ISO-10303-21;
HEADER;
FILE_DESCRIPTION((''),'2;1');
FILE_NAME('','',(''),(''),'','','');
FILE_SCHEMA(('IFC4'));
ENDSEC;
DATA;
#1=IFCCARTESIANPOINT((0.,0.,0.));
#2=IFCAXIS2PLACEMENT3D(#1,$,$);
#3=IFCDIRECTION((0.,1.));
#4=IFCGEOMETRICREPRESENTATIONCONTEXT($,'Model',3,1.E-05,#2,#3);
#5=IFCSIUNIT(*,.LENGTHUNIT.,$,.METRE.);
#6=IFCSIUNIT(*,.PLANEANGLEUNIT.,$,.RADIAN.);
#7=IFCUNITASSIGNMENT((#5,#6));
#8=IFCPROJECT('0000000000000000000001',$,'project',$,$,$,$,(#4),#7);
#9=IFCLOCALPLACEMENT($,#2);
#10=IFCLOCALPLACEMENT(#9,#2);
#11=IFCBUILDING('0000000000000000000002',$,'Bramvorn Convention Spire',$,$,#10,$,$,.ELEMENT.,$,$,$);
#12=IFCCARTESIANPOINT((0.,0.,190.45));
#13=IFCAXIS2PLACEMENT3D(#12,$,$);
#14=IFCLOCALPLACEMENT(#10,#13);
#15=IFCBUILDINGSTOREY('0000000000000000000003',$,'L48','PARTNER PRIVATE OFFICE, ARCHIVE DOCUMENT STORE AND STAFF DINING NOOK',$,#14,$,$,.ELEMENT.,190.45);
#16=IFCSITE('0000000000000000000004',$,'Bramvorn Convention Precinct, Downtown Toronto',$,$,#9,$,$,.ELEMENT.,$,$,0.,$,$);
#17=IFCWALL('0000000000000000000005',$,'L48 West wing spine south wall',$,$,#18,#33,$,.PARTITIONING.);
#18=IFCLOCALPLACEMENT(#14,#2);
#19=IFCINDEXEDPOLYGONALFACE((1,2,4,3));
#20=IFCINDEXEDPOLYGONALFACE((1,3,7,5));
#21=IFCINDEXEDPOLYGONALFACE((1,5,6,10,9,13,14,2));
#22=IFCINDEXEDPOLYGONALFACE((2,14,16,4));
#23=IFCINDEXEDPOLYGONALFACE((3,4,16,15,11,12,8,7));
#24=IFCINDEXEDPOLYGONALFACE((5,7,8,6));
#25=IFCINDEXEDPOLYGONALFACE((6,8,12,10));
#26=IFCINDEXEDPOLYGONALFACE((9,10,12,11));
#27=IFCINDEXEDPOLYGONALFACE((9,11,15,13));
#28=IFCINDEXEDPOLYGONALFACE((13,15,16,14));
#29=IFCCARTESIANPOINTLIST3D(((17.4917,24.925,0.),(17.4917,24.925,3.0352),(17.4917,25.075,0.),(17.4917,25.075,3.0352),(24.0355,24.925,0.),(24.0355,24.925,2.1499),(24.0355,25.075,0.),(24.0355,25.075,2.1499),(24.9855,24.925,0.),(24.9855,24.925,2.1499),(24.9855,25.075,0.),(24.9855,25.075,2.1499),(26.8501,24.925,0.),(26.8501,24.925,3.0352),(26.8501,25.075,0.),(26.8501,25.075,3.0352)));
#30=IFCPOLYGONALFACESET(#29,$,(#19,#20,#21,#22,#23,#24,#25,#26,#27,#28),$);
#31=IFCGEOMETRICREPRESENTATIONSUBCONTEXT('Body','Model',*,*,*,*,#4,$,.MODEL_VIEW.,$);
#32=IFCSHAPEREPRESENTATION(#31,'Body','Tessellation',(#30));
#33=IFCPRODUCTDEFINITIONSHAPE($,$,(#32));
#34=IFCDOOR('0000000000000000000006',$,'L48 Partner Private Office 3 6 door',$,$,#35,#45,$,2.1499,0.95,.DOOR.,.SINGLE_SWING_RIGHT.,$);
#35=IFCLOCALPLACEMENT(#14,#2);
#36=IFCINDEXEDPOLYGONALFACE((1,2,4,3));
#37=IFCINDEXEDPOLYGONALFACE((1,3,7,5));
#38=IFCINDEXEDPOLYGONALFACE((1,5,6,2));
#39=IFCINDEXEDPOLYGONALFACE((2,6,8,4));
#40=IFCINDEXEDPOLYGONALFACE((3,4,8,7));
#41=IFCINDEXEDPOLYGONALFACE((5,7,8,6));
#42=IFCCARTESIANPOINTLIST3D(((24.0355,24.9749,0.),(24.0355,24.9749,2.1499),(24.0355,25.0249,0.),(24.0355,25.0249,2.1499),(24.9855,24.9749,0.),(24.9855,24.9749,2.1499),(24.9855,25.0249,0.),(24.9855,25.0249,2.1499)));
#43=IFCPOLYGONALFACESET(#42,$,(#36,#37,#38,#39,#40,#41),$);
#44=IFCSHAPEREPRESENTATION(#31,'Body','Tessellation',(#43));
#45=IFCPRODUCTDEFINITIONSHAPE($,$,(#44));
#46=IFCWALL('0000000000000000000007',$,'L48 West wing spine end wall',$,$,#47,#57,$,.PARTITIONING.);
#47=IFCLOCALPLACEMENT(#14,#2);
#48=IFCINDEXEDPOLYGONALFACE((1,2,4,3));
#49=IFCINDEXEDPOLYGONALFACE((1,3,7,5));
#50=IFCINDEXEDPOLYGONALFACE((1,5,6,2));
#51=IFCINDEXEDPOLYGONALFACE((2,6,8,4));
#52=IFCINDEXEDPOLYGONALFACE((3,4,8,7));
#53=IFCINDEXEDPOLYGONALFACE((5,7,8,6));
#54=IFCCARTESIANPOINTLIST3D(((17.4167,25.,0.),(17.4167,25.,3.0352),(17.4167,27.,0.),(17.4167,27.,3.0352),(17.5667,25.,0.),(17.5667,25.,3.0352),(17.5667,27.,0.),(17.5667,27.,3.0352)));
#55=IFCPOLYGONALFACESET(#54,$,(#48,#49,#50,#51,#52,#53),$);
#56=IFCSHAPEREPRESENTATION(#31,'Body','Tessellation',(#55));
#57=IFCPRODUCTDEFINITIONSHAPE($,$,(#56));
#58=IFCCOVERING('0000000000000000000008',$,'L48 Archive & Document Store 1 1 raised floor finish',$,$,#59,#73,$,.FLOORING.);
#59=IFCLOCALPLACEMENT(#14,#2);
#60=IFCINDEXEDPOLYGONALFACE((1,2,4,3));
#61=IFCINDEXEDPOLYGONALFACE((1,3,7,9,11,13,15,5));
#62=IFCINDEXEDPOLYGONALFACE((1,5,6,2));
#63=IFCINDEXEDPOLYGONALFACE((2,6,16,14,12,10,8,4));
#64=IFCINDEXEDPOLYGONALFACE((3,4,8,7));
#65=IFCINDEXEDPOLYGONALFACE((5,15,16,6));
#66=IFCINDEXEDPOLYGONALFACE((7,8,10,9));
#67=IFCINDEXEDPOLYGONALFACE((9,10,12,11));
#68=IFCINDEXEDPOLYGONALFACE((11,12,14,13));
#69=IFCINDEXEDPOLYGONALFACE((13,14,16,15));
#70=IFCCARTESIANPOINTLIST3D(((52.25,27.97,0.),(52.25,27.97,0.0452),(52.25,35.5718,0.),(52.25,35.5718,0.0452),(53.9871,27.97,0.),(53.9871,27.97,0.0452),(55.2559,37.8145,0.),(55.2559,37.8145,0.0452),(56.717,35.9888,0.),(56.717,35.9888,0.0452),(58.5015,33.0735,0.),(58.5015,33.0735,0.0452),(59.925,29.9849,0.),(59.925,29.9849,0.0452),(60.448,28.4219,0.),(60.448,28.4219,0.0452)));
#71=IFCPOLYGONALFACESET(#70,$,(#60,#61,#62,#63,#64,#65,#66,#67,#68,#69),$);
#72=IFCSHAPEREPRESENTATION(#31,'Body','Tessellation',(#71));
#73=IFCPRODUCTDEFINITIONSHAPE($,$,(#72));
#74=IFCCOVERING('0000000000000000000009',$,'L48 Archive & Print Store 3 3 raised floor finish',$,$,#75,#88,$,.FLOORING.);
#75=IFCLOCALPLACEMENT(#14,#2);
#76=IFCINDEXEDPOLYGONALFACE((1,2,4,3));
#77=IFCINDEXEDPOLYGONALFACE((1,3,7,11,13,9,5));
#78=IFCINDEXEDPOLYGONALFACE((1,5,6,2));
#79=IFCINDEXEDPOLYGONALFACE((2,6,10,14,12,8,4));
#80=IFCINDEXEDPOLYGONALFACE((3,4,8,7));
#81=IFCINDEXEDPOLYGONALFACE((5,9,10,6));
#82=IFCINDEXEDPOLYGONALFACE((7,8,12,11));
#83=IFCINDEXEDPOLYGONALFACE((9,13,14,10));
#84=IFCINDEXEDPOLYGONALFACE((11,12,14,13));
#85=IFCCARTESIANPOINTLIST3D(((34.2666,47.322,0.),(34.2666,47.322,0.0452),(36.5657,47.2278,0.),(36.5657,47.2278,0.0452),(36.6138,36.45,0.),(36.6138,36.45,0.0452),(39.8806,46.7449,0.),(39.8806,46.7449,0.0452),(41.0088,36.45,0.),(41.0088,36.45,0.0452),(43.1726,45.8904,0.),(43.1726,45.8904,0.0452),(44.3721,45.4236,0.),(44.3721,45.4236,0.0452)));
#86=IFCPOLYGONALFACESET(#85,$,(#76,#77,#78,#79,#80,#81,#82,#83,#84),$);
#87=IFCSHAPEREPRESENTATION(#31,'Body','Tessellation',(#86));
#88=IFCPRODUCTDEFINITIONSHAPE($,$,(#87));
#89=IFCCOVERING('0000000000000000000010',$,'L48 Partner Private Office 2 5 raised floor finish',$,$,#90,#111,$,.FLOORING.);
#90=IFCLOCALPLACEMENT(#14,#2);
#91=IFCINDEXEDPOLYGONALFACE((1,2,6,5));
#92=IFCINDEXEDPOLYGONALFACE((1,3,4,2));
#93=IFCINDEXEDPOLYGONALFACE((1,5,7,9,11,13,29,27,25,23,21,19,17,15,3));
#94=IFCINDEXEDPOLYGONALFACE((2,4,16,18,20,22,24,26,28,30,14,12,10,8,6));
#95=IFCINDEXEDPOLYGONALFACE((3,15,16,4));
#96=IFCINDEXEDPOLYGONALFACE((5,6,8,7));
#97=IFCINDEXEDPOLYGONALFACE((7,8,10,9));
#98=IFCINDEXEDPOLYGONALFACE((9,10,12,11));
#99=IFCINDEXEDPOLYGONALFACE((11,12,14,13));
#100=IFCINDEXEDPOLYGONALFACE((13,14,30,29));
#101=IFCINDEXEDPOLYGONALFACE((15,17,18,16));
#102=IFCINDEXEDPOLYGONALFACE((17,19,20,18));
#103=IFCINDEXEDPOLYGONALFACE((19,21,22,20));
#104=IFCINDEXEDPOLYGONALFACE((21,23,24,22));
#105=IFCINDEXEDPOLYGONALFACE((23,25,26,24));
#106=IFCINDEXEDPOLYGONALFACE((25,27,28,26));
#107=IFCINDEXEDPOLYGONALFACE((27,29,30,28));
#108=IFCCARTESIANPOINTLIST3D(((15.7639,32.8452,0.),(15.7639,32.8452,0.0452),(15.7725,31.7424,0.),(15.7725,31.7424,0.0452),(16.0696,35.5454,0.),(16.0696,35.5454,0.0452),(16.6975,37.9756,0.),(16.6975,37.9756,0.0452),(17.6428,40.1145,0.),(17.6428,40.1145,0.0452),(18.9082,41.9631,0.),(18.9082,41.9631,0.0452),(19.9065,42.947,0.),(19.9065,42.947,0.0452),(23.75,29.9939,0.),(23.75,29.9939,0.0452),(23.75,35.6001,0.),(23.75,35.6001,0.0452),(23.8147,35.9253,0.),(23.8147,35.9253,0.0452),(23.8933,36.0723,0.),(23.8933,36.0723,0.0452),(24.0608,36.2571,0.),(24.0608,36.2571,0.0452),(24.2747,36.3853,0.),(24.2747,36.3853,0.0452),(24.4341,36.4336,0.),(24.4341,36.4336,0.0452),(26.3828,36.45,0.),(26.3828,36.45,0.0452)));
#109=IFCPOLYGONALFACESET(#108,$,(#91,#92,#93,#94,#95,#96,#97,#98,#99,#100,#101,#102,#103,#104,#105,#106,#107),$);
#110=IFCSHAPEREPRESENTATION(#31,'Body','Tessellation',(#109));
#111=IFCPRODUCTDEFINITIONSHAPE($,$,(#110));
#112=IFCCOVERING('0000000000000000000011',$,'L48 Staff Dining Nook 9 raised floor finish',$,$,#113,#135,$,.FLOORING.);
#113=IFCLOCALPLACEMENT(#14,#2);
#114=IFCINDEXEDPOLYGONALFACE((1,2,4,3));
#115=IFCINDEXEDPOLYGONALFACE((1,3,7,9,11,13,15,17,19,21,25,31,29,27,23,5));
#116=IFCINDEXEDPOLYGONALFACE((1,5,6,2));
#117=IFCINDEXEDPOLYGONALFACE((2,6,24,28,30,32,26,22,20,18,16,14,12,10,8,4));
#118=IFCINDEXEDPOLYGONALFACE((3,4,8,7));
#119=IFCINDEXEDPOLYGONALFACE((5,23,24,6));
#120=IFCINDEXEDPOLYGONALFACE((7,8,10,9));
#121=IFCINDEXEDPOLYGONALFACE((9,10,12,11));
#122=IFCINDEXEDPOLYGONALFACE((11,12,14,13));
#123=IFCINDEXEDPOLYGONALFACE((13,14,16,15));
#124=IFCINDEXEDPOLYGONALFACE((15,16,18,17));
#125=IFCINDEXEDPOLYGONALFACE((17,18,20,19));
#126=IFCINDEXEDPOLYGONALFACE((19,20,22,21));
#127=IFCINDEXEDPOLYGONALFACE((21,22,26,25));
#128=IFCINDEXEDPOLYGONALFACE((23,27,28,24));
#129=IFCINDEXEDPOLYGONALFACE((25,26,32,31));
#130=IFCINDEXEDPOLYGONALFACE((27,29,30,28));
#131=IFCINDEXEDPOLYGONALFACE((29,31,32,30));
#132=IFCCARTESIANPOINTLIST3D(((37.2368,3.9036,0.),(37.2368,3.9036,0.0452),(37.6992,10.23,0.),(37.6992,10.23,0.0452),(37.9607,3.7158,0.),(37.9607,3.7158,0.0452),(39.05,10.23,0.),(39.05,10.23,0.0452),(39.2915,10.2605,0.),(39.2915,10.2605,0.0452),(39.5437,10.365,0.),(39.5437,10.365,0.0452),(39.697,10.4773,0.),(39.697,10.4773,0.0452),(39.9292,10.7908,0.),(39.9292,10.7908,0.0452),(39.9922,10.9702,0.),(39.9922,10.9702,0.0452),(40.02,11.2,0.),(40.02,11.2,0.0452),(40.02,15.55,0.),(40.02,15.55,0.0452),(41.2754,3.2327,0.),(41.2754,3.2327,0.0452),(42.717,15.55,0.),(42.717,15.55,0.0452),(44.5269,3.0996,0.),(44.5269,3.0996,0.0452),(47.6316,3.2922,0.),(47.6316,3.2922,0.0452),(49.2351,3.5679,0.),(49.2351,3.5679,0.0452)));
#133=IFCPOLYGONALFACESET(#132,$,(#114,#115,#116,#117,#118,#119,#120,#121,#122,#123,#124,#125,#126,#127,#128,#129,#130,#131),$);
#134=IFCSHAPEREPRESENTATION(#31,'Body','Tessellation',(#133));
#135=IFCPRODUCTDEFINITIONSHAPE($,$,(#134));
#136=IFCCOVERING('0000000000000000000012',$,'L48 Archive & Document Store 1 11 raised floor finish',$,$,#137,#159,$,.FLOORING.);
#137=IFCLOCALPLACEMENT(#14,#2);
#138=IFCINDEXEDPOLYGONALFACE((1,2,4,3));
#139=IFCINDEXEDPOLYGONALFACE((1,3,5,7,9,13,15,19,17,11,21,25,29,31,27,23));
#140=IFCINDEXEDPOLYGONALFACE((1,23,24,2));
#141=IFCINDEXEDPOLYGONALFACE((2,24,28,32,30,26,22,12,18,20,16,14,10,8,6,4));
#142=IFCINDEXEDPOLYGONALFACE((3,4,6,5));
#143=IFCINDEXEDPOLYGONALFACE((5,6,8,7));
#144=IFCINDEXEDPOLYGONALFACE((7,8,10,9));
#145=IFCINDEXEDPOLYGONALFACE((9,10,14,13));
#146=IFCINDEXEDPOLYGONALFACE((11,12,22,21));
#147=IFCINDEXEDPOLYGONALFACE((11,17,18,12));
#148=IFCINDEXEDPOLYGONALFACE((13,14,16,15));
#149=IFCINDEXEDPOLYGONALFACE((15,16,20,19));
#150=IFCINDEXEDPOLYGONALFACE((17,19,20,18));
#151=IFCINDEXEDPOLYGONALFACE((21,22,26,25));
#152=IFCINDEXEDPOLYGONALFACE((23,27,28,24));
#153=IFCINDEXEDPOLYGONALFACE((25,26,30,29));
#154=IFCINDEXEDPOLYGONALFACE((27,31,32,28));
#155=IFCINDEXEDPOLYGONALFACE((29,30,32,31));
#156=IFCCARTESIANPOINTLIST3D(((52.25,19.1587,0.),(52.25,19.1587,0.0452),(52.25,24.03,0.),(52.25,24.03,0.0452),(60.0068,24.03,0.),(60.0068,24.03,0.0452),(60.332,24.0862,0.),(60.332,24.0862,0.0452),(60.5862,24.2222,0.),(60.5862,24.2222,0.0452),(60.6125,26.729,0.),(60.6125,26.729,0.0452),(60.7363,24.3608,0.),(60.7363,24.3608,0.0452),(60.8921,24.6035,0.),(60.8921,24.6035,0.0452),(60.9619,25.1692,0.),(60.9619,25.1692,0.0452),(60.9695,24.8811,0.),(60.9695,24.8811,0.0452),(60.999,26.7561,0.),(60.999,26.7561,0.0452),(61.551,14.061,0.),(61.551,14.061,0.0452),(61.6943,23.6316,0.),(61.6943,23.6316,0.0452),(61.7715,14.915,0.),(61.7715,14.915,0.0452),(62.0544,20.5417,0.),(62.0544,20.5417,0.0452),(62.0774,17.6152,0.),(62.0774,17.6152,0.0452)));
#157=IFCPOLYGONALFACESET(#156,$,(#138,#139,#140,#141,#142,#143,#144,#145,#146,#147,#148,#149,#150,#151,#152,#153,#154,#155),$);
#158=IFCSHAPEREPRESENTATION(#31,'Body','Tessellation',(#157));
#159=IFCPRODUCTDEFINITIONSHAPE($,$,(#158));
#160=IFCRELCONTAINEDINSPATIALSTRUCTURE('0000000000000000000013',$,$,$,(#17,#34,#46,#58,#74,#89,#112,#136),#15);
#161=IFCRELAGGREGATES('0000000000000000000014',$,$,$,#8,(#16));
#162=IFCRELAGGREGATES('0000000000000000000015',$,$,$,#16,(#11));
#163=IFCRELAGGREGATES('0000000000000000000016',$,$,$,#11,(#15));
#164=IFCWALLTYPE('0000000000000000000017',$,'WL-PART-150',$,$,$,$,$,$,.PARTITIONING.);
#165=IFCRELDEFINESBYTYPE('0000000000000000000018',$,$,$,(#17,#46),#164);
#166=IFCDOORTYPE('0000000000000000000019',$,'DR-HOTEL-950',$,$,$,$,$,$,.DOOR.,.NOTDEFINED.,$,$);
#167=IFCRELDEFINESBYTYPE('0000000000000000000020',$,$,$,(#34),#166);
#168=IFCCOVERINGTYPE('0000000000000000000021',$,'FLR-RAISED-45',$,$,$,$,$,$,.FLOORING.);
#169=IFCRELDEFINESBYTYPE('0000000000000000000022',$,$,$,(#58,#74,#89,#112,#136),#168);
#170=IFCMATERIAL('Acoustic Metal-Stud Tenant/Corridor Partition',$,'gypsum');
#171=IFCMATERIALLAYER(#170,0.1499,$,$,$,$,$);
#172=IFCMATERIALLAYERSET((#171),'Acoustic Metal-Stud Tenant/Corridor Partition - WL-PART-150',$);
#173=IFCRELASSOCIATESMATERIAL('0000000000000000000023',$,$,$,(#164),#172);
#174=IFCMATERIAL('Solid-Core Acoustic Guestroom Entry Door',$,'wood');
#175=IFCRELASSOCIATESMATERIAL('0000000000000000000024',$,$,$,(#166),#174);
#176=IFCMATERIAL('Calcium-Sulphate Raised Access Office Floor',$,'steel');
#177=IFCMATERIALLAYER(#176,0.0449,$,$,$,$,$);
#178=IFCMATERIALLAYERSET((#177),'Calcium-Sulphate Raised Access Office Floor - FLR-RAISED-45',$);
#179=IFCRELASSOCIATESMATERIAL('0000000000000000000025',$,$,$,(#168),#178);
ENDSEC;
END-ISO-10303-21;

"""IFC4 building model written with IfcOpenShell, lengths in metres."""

from ifc_helpers import new_model, si_unit, direction, frame, frame_2d, origin, place, context, subcontext, project, spatial, polyline, rectangle, outline, extrude, material, layer, layer_set, type_object, element, fill, save


model = new_model("IFC4")

# Units and contexts
model_context = context("Model", 3, precision=1e-05, world=origin(), true_north=direction((0.0, 1.0)))
body_context = subcontext(model_context, "Body", "Model", "MODEL_VIEW")
ifc_project = project(units=[si_unit("LENGTHUNIT", "METRE"), si_unit("PLANEANGLEUNIT", "RADIAN")], contexts=[model_context])

# Site, building, storey
site_placement = place(None, origin())
site = spatial("IfcSite", under=ifc_project, at=site_placement, Name="Bramvorn Convention Precinct, Downtown Toronto", CompositionType="ELEMENT", RefElevation=0.0)
building_placement = place(site_placement, origin())
building = spatial("IfcBuilding", under=site, at=building_placement, Name="Bramvorn Convention Spire", CompositionType="ELEMENT")
storey_placement = place(building_placement, frame((0.0, 0.0, 190.45)))
storey = spatial("IfcBuildingStorey", under=building, at=storey_placement, Name="L48", Description="PARTNER PRIVATE OFFICE, ARCHIVE DOCUMENT STORE AND STAFF DINING NOOK", CompositionType="ELEMENT", Elevation=190.45)

# Wall, opening, door
ifc_material_1 = material(Name="Acoustic Metal-Stud Tenant/Corridor Partition", Category="gypsum")
ifc_layer_1 = layer(ifc_material_1, 0.1499)
ifc_layer_set_1 = layer_set([ifc_layer_1], Name="Acoustic Metal-Stud Tenant/Corridor Partition - WL-PART-150")
wall_type_1 = type_object("IfcWallType", Name="WL-PART-150", PredefinedType="PARTITIONING", material=ifc_layer_set_1)
wall_1_placement = place(storey_placement, frame((17.4917, 25.0, 0.0), z_axis=(0.0, 0.0, 1.0), x_axis=(1.0, 0.0, 0.0)))
wall_1 = element("IfcWall", 1, at=wall_1_placement, inside=storey, type_object=wall_type_1, Name="L48 West wing spine south wall", PredefinedType="PARTITIONING", context=body_context, shape_type="SweptSolid", body=[
    extrude(rectangle(XDim=9.3584, YDim=0.1499, at=frame_2d((4.6792, 0.0))), origin(), (0.0, 0.0, 1.0), 3.0352),
])
opening_1_placement = place(wall_1_placement, frame((6.5437, 0.0, 0.0)))
opening_1 = element("IfcOpeningElement", 2, at=opening_1_placement, cuts=wall_1, PredefinedType="OPENING", context=body_context, shape_type="SweptSolid", body=[
    extrude(rectangle(XDim=0.95, YDim=2.1499, at=frame_2d((0.4751, 1.075))), frame((0.0, 0.085, 0.0), z_axis=(0.0, -1.0, 0.0), x_axis=(1.0, 0.0, 0.0)), (0.0, 0.0, 1.0), 0.1699),
])
ifc_material_2 = material(Name="Solid-Core Acoustic Guestroom Entry Door", Category="wood")
door_type = type_object("IfcDoorType", Name="DR-HOTEL-950", OperationType="NOTDEFINED", PredefinedType="DOOR", material=ifc_material_2)
door_placement = place(opening_1_placement, origin())
door = element("IfcDoor", 3, at=door_placement, inside=storey, type_object=door_type, Name="L48 Partner Private Office 3 6 door", OperationType="SINGLE_SWING_RIGHT", OverallHeight=2.1499, OverallWidth=0.95, PredefinedType="DOOR", context=body_context, shape_type="SweptSolid", body=[
    extrude(rectangle(XDim=0.95, YDim=2.1499, at=frame_2d((0.4751, 1.075))), frame((0.0, 0.0249, 0.0), z_axis=(0.0, -1.0, 0.0), x_axis=(1.0, 0.0, 0.0)), (0.0, 0.0, 1.0), 0.05),
])
fill(opening_1, door)

# Wall
wall_2_placement = place(storey_placement, frame((17.4917, 25.0, 0.0), z_axis=(0.0, 0.0, 1.0), x_axis=(0.0, 1.0, 0.0)))
element("IfcWall", 4, at=wall_2_placement, inside=storey, type_object=wall_type_1, Name="L48 West wing spine end wall", PredefinedType="PARTITIONING", context=body_context, shape_type="SweptSolid", body=[
    extrude(rectangle(XDim=2.0, YDim=0.1499, at=frame_2d((1.0, 0.0))), origin(), (0.0, 0.0, 1.0), 3.0352),
])

# Coverings
ifc_material_3 = material(Name="Calcium-Sulphate Raised Access Office Floor", Category="steel")
ifc_layer_2 = layer(ifc_material_3, 0.0449)
ifc_layer_set_2 = layer_set([ifc_layer_2], Name="Calcium-Sulphate Raised Access Office Floor - FLR-RAISED-45")
covering_type = type_object("IfcCoveringType", Name="FLR-RAISED-45", PredefinedType="FLOORING", material=ifc_layer_set_2)
covering_1_placement = place(storey_placement, origin())
element("IfcCovering", 5, at=covering_1_placement, inside=storey, type_object=covering_type, Name="L48 Archive & Document Store 1 1 raised floor finish", PredefinedType="FLOORING", context=body_context, shape_type="SweptSolid", body=[
    extrude(outline(polyline([(52.25, 27.97), (53.9871, 27.97), (60.448, 28.4219), (59.925, 29.9849), (58.5015, 33.0735), (56.717, 35.9888), (55.2559, 37.8145), (52.25, 35.5718), (52.25, 27.97)])), origin(), (0.0, 0.0, 1.0), 0.0452),
])
covering_2_placement = place(storey_placement, origin())
element("IfcCovering", 6, at=covering_2_placement, inside=storey, type_object=covering_type, Name="L48 Archive & Print Store 3 3 raised floor finish", PredefinedType="FLOORING", context=body_context, shape_type="SweptSolid", body=[
    extrude(outline(polyline([(36.6138, 36.45), (41.0088, 36.45), (44.3721, 45.4236), (43.1726, 45.8904), (39.8806, 46.7449), (36.5657, 47.2278), (34.2666, 47.322), (36.6138, 36.45)])), origin(), (0.0, 0.0, 1.0), 0.0452),
])
covering_3_placement = place(storey_placement, origin())
element("IfcCovering", 7, at=covering_3_placement, inside=storey, type_object=covering_type, Name="L48 Partner Private Office 2 5 raised floor finish", PredefinedType="FLOORING", context=body_context, shape_type="SweptSolid", body=[
    extrude(outline(polyline([(15.7639, 32.8452), (15.7725, 31.7424), (23.75, 29.9939), (23.75, 35.6001), (23.8147, 35.9253), (23.8933, 36.0723), (24.0608, 36.2571), (24.2747, 36.3853), (24.4341, 36.4336), (26.3828, 36.45), (19.9065, 42.947), (18.9082, 41.9631), (17.6428, 40.1145), (16.6975, 37.9756), (16.0696, 35.5454), (15.7639, 32.8452)])), origin(), (0.0, 0.0, 1.0), 0.0452),
])
covering_4_placement = place(storey_placement, origin())
element("IfcCovering", 8, at=covering_4_placement, inside=storey, type_object=covering_type, Name="L48 Staff Dining Nook 9 raised floor finish", PredefinedType="FLOORING", context=body_context, shape_type="SweptSolid", body=[
    extrude(outline(polyline([(37.2368, 3.9036), (37.9607, 3.7158), (41.2754, 3.2327), (44.5269, 3.0996), (47.6316, 3.2922), (49.2351, 3.5679), (42.717, 15.55), (40.02, 15.55), (40.02, 11.2), (39.9922, 10.9702), (39.9292, 10.7908), (39.697, 10.4773), (39.5437, 10.365), (39.2915, 10.2605), (39.05, 10.23), (37.6992, 10.23), (37.2368, 3.9036)])), origin(), (0.0, 0.0, 1.0), 0.0452),
])
covering_5_placement = place(storey_placement, origin())
element("IfcCovering", 9, at=covering_5_placement, inside=storey, type_object=covering_type, Name="L48 Archive & Document Store 1 11 raised floor finish", PredefinedType="FLOORING", context=body_context, shape_type="SweptSolid", body=[
    extrude(outline(polyline([(60.9619, 25.1692), (60.9695, 24.8811), (60.8921, 24.6035), (60.7363, 24.3608), (60.5862, 24.2222), (60.332, 24.0862), (60.0068, 24.03), (52.25, 24.03), (52.25, 19.1587), (61.551, 14.061), (61.7715, 14.915), (62.0774, 17.6152), (62.0544, 20.5417), (61.6943, 23.6316), (60.999, 26.7561), (60.6125, 26.729), (60.9619, 25.1692)])), origin(), (0.0, 0.0, 1.0), 0.0452),
])

save(model, "model.ifc")
